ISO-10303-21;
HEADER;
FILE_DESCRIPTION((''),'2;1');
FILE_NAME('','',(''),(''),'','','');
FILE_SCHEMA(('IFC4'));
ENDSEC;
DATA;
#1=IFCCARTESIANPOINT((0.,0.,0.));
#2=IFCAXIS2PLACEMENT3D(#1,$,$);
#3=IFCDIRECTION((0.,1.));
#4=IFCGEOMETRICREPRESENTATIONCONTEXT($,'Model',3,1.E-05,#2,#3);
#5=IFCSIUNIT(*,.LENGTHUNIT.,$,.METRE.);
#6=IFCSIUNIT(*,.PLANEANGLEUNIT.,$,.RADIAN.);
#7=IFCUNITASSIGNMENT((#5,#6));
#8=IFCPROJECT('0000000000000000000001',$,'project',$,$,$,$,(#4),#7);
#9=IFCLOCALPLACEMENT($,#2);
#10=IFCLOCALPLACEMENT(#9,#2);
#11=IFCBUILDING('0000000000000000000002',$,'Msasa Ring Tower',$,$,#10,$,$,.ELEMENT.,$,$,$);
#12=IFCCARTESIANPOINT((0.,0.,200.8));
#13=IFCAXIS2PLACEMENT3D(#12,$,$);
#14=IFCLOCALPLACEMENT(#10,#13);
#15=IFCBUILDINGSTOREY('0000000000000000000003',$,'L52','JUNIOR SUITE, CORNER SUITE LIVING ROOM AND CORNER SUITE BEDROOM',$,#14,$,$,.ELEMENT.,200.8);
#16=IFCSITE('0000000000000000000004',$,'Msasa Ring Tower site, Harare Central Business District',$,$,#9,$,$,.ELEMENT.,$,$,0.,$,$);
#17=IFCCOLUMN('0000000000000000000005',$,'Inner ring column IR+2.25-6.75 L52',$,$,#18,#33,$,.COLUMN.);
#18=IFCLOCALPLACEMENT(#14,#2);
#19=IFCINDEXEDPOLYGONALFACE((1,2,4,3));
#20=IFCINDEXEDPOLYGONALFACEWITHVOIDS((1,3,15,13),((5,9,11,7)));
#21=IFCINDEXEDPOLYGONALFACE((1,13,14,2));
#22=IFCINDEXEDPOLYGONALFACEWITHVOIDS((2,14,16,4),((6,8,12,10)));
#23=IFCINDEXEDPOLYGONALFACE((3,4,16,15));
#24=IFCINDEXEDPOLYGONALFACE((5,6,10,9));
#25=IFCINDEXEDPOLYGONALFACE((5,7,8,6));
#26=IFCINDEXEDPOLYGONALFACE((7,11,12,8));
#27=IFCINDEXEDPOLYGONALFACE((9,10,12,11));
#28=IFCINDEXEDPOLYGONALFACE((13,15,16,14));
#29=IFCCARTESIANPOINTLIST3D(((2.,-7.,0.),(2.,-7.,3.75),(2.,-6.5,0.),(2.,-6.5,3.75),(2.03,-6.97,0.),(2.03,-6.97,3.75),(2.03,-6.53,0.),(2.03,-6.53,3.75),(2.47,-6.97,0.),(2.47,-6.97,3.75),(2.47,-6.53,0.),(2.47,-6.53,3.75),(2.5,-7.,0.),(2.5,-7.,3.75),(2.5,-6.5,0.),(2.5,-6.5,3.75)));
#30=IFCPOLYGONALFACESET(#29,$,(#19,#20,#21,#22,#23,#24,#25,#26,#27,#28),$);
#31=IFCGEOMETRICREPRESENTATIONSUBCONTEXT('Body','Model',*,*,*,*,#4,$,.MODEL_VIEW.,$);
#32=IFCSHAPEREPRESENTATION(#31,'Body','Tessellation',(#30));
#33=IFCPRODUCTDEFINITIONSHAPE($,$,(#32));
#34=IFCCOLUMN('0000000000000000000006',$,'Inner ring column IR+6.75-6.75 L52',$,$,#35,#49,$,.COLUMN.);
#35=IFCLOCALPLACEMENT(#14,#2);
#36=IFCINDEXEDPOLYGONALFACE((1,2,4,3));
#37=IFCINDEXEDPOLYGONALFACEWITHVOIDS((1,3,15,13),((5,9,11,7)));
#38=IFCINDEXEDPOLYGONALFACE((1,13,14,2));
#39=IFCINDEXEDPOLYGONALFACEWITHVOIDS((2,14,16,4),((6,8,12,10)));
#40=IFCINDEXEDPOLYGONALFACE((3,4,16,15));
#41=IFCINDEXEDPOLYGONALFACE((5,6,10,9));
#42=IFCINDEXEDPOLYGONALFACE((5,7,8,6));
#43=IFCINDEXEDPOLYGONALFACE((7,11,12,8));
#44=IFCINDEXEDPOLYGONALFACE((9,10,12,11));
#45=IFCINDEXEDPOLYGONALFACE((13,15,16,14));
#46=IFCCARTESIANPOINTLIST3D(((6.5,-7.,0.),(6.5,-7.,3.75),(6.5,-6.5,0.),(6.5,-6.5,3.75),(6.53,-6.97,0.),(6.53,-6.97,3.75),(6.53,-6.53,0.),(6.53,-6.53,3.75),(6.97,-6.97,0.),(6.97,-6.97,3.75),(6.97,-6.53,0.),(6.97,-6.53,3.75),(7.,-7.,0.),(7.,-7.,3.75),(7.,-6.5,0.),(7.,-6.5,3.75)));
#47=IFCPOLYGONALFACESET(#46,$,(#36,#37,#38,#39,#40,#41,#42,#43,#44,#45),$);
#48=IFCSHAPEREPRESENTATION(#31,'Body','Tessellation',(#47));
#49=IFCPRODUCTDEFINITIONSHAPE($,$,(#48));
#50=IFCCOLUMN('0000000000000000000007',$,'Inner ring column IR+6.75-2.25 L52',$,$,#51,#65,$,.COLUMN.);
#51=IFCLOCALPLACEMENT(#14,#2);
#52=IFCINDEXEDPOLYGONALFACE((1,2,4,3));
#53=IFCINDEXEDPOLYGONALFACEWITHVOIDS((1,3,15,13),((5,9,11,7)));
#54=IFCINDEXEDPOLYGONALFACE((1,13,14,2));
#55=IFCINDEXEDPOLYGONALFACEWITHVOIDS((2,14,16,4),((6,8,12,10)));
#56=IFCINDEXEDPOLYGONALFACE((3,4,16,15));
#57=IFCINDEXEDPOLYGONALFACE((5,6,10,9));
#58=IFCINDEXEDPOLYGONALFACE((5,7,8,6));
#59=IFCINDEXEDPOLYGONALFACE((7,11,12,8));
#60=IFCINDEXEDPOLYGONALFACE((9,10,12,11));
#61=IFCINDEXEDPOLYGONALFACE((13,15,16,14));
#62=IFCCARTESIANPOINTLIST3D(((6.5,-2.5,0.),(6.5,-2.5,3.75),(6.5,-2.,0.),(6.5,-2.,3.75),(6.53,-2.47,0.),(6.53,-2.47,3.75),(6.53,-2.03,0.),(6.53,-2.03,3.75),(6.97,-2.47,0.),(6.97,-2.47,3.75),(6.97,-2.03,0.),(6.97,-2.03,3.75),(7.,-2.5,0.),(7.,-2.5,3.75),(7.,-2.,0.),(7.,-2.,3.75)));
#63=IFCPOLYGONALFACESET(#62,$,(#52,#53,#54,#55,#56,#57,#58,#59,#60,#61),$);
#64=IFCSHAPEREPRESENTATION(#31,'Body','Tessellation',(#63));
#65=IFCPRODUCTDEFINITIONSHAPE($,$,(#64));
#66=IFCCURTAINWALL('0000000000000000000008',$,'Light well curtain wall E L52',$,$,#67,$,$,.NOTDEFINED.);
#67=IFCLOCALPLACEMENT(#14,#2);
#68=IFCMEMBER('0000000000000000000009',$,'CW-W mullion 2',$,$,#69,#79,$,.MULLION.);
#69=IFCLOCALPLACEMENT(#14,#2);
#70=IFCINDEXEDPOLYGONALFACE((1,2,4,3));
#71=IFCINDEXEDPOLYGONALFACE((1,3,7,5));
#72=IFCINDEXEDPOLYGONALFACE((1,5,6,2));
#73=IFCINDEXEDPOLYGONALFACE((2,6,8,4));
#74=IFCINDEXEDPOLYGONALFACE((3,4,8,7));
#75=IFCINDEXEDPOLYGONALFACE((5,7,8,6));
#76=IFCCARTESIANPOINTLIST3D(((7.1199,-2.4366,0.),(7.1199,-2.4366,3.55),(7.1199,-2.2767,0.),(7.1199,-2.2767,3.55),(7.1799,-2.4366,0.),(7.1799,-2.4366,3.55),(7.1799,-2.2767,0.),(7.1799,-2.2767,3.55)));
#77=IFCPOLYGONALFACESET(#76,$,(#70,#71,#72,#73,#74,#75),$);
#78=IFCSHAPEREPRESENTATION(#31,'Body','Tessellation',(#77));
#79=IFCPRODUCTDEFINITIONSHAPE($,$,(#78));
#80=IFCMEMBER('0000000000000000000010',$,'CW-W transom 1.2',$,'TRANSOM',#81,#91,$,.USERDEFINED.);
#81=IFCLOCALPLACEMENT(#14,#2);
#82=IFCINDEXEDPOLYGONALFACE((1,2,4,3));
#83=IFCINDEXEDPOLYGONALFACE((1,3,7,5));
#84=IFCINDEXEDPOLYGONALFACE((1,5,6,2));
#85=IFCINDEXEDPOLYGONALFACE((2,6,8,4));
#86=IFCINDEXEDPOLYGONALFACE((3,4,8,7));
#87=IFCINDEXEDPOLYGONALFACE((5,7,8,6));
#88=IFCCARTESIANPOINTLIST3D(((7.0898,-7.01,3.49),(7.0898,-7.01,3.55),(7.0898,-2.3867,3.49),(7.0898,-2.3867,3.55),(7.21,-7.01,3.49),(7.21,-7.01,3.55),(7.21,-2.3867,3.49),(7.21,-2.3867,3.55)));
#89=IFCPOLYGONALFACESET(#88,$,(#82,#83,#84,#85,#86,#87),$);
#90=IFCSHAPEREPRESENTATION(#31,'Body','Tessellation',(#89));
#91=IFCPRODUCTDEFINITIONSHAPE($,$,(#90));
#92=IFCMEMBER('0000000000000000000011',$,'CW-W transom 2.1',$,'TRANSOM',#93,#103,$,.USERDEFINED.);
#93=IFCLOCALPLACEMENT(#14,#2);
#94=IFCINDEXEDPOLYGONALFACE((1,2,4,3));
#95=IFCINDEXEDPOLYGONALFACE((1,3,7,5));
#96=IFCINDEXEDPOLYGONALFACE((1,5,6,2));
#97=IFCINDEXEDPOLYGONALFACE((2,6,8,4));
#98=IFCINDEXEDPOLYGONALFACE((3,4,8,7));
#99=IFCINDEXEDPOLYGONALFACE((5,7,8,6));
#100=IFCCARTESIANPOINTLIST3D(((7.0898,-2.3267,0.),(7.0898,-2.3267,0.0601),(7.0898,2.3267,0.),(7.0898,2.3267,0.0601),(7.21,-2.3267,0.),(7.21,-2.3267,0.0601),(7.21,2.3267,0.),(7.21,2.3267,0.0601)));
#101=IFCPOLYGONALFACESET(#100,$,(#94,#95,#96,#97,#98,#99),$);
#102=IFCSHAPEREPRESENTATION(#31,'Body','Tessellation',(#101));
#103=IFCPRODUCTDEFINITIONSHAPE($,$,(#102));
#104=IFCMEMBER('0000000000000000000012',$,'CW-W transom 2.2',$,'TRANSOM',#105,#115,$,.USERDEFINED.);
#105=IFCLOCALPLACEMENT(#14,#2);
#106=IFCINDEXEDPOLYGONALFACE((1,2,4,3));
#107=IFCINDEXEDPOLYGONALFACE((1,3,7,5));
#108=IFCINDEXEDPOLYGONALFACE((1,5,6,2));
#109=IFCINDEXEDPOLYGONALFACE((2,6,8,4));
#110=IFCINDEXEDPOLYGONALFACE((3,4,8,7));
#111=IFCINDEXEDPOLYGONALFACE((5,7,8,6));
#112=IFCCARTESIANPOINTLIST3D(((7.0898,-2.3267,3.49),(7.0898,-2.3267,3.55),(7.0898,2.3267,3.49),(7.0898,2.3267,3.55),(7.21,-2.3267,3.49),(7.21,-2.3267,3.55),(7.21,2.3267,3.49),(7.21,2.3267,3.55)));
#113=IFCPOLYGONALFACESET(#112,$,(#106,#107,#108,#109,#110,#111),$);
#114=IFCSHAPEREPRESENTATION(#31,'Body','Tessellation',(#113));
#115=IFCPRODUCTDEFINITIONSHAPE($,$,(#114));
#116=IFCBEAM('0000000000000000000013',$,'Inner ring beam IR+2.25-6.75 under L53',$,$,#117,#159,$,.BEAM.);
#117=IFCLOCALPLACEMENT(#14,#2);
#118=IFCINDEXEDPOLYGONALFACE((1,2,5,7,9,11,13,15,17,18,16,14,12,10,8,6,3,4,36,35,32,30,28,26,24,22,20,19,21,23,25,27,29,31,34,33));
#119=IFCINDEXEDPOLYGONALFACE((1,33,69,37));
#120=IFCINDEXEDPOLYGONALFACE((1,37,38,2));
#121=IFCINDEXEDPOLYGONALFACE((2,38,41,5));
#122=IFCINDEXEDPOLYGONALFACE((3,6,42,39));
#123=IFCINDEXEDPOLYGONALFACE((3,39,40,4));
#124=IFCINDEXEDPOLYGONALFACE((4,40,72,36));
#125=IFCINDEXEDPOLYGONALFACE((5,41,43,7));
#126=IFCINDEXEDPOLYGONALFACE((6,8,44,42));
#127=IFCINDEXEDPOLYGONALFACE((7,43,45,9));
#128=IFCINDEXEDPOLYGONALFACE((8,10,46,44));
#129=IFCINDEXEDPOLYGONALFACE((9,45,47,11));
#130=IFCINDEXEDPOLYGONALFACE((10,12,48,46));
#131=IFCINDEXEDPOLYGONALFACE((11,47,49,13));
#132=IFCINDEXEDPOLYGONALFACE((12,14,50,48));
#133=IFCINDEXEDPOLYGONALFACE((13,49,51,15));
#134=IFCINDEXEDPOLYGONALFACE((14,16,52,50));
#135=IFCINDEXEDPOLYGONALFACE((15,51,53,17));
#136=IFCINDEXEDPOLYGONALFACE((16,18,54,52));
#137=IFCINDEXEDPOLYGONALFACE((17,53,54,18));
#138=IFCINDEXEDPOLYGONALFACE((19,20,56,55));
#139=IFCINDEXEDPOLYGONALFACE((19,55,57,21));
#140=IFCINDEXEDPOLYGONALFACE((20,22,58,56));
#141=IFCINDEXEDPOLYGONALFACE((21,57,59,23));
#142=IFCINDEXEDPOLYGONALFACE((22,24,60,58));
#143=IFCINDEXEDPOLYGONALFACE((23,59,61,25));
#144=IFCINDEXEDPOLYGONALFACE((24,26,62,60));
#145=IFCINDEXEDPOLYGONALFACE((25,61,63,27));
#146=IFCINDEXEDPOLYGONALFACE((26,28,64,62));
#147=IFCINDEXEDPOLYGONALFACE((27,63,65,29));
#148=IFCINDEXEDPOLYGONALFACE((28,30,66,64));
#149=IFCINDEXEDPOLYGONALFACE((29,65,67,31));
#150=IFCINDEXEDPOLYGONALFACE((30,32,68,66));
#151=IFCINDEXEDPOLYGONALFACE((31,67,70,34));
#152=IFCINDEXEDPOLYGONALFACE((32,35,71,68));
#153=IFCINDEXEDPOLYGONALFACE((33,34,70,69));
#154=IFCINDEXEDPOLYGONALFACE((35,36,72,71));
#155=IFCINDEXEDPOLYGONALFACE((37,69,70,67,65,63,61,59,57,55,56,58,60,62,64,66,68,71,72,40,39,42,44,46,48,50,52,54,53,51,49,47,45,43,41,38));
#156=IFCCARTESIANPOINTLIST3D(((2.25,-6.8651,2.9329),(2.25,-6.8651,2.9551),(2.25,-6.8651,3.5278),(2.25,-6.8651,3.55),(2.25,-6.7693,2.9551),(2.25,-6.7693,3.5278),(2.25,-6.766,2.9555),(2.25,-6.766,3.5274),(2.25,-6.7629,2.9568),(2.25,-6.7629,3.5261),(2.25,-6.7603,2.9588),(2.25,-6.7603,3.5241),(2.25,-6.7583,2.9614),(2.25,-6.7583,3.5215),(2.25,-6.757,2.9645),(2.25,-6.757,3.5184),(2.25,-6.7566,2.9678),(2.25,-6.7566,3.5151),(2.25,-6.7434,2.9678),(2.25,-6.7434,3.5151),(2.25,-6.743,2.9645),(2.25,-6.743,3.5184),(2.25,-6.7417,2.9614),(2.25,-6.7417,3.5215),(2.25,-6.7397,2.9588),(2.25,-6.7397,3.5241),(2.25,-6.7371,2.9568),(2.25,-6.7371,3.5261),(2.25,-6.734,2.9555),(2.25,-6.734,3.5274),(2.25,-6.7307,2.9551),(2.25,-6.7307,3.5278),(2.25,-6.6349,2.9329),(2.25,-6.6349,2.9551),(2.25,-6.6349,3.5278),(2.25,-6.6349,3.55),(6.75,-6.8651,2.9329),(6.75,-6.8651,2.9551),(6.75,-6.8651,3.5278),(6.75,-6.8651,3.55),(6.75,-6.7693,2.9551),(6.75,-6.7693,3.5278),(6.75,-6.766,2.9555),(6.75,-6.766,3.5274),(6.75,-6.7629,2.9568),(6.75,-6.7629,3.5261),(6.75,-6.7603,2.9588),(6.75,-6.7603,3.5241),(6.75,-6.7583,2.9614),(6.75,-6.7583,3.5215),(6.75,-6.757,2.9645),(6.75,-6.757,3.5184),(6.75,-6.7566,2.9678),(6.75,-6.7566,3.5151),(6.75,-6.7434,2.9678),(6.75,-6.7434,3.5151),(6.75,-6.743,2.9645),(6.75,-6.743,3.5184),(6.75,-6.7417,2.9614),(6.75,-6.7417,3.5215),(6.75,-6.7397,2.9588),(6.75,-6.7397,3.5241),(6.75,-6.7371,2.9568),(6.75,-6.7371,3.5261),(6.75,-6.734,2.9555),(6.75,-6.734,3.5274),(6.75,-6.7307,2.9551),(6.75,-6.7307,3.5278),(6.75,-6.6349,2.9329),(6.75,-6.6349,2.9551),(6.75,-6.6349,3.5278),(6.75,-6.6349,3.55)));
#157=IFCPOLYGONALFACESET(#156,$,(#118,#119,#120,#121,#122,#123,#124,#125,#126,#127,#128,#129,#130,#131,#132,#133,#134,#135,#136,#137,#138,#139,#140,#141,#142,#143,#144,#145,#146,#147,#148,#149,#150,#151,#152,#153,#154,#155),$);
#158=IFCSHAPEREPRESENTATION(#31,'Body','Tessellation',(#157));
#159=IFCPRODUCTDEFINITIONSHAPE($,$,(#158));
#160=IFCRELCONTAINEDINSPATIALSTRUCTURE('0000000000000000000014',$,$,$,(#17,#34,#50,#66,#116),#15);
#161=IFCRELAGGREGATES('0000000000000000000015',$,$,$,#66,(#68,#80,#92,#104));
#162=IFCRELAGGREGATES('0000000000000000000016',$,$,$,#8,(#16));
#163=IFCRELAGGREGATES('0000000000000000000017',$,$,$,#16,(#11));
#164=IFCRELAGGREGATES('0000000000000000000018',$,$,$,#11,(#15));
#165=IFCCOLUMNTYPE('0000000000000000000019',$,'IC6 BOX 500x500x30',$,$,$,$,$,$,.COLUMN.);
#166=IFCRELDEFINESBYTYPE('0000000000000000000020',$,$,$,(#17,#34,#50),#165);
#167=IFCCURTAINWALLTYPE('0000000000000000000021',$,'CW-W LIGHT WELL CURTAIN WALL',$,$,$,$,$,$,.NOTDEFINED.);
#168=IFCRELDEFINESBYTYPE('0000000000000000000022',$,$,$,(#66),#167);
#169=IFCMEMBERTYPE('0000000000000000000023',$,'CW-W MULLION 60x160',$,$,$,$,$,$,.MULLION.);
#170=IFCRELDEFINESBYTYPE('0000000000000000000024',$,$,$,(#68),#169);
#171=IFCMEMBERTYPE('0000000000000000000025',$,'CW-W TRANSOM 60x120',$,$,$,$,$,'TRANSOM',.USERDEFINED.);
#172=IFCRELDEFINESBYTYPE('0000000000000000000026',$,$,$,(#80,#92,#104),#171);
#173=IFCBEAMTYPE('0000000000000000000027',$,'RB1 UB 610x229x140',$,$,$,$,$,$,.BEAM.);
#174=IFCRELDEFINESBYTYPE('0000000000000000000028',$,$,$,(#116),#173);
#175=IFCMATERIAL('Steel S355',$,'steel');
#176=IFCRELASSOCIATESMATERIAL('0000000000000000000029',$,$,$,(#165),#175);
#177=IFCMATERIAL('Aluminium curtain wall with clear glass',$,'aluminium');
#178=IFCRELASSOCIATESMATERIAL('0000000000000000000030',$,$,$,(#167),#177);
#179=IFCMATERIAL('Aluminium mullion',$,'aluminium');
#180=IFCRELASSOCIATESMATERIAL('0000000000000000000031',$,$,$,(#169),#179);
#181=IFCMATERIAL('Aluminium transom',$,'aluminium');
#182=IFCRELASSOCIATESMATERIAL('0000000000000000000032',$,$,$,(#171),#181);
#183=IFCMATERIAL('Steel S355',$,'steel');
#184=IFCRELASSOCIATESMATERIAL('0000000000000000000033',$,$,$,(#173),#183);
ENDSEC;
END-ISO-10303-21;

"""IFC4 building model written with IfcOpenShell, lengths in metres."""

from ifc_helpers import new_model, si_unit, direction, frame, origin, origin_2d, place, context, subcontext, project, spatial, rectangle, hollow_rectangle, i_section, extrude, material, material_profile, profile_set, type_object, element, aggregate, save


model = new_model("IFC4")

# Units and contexts
model_context = context("Model", 3, precision=1e-05, world=origin(), true_north=direction((0.0, 1.0)))
body_context = subcontext(model_context, "Body", "Model", "MODEL_VIEW")
ifc_project = project(units=[si_unit("LENGTHUNIT", "METRE"), si_unit("PLANEANGLEUNIT", "RADIAN")], contexts=[model_context])

# Site, building, storey
site_placement = place(None, origin())
site = spatial("IfcSite", under=ifc_project, at=site_placement, Name="Msasa Ring Tower site, Harare Central Business District", CompositionType="ELEMENT", RefElevation=0.0)
building_placement = place(site_placement, origin())
building = spatial("IfcBuilding", under=site, at=building_placement, Name="Msasa Ring Tower", CompositionType="ELEMENT")
storey_placement = place(building_placement, frame((0.0, 0.0, 200.8)))
storey = spatial("IfcBuildingStorey", under=building, at=storey_placement, Name="L52", Description="JUNIOR SUITE, CORNER SUITE LIVING ROOM AND CORNER SUITE BEDROOM", CompositionType="ELEMENT", Elevation=200.8)

# Columns
ifc_material_1 = material(Name="Steel S355", Category="steel")
ifc_material_profile_1 = material_profile(ifc_material_1, hollow_rectangle(XDim=0.5, YDim=0.5, WallThickness=0.03, at=origin_2d()), Name="BOX 500x500x30")
ifc_profile_set_1 = profile_set([ifc_material_profile_1], Name="Steel S355")
column_type = type_object("IfcColumnType", Name="IC6 BOX 500x500x30", PredefinedType="COLUMN", material=ifc_profile_set_1)
for number, where, z_axis, x_axis, name in (
    (1, (2.25, -6.75, 0.0), (0.0, 0.0, 1.0), (1.0, 0.0, 0.0), "Inner ring column IR+2.25-6.75 L52"),
    (2, (6.75, -6.75, 0.0), (0.0, 0.0, 1.0), (1.0, 0.0, 0.0), "Inner ring column IR+6.75-6.75 L52"),
    (3, (6.75, -2.25, 0.0), (0.0, 0.0, 1.0), (1.0, 0.0, 0.0), "Inner ring column IR+6.75-2.25 L52"),
):
    element("IfcColumn", number, at=place(storey_placement, frame(where, z_axis=z_axis, x_axis=x_axis)), inside=storey, type_object=column_type, Name=name, PredefinedType="COLUMN", context=body_context, shape_type="SweptSolid", body=[
        extrude(hollow_rectangle(XDim=0.5, YDim=0.5, WallThickness=0.03, at=origin_2d()), origin(), (0.0, 0.0, 1.0), 3.75),
    ])

# Curtain wall, members
ifc_material_2 = material(Name="Aluminium curtain wall with clear glass", Category="aluminium")
curtain_wall_type = type_object("IfcCurtainWallType", Name="CW-W LIGHT WELL CURTAIN WALL", PredefinedType="NOTDEFINED", material=ifc_material_2)
curtain_wall_placement = place(storey_placement, origin())
curtain_wall = element("IfcCurtainWall", 4, at=curtain_wall_placement, inside=storey, type_object=curtain_wall_type, Name="Light well curtain wall E L52", PredefinedType="NOTDEFINED")
ifc_material_3 = material(Name="Aluminium mullion", Category="aluminium")
ifc_material_profile_2 = material_profile(ifc_material_3, rectangle(XDim=0.0601, YDim=0.1599, at=origin_2d()), Name="AL 60x160")
ifc_profile_set_2 = profile_set([ifc_material_profile_2], Name="Aluminium mullion")
member_type_1 = type_object("IfcMemberType", Name="CW-W MULLION 60x160", PredefinedType="MULLION", material=ifc_profile_set_2)
member_1_placement = place(storey_placement, frame((7.1499, -2.3567, 0.0), z_axis=(0.0, 0.0, 1.0), x_axis=(-1.0, 0.0, 0.0)))
member_1 = element("IfcMember", 5, at=member_1_placement, type_object=member_type_1, Name="CW-W mullion 2", PredefinedType="MULLION", context=body_context, shape_type="SweptSolid", body=[
    extrude(rectangle(XDim=0.0601, YDim=0.1599, at=origin_2d()), origin(), (0.0, 0.0, 1.0), 3.55),
])
ifc_material_4 = material(Name="Aluminium transom", Category="aluminium")
ifc_material_profile_3 = material_profile(ifc_material_4, rectangle(XDim=0.1201, YDim=0.0601, at=origin_2d()), Name="AL 60x120")
ifc_profile_set_3 = profile_set([ifc_material_profile_3], Name="Aluminium transom")
member_type_2 = type_object("IfcMemberType", Name="CW-W TRANSOM 60x120", ElementType="TRANSOM", PredefinedType="USERDEFINED", material=ifc_profile_set_3)
member_2_placement = place(storey_placement, frame((7.1499, -7.01, 3.52), z_axis=(0.0, 1.0, 0.0), x_axis=(-1.0, 0.0, 0.0)))
member_2 = element("IfcMember", 6, at=member_2_placement, type_object=member_type_2, Name="CW-W transom 1.2", ObjectType="TRANSOM", PredefinedType="USERDEFINED", context=body_context, shape_type="SweptSolid", body=[
    extrude(rectangle(XDim=0.1201, YDim=0.0601, at=origin_2d()), origin(), (0.0, 0.0, 1.0), 4.6233),
])
member_3_placement = place(storey_placement, frame((7.1499, -2.3267, 0.03), z_axis=(0.0, 1.0, 0.0), x_axis=(-1.0, 0.0, 0.0)))
member_3 = element("IfcMember", 7, at=member_3_placement, type_object=member_type_2, Name="CW-W transom 2.1", ObjectType="TRANSOM", PredefinedType="USERDEFINED", context=body_context, shape_type="SweptSolid", body=[
    extrude(rectangle(XDim=0.1201, YDim=0.0601, at=origin_2d()), origin(), (0.0, 0.0, 1.0), 4.6533),
])
member_4_placement = place(storey_placement, frame((7.1499, -2.3267, 3.52), z_axis=(0.0, 1.0, 0.0), x_axis=(-1.0, 0.0, 0.0)))
member_4 = element("IfcMember", 8, at=member_4_placement, type_object=member_type_2, Name="CW-W transom 2.2", ObjectType="TRANSOM", PredefinedType="USERDEFINED", context=body_context, shape_type="SweptSolid", body=[
    extrude(rectangle(XDim=0.1201, YDim=0.0601, at=origin_2d()), origin(), (0.0, 0.0, 1.0), 4.6533),
])

# Beam
ifc_material_5 = material(Name="Steel S355", Category="steel")
ifc_material_profile_4 = material_profile(ifc_material_5, i_section(OverallWidth=0.2302, OverallDepth=0.6172, WebThickness=0.0132, FlangeThickness=0.0222, FilletRadius=0.0127, at=origin_2d()), Name="UB 610x229x140")
ifc_profile_set_4 = profile_set([ifc_material_profile_4], Name="Steel S355")
beam_type = type_object("IfcBeamType", Name="RB1 UB 610x229x140", PredefinedType="BEAM", material=ifc_profile_set_4)
for number, where, z_axis, x_axis, name in (
    (9, (2.25, -6.75, 3.2415), (1.0, 0.0, 0.0), (0.0, 1.0, 0.0), "Inner ring beam IR+2.25-6.75 under L53"),
):
    element("IfcBeam", number, at=place(storey_placement, frame(where, z_axis=z_axis, x_axis=x_axis)), inside=storey, type_object=beam_type, Name=name, PredefinedType="BEAM", context=body_context, shape_type="SweptSolid", body=[
        extrude(i_section(OverallWidth=0.2302, OverallDepth=0.6172, WebThickness=0.0132, FlangeThickness=0.0222, FilletRadius=0.0127, at=origin_2d()), origin(), (0.0, 0.0, 1.0), 4.5),
    ])

aggregate(curtain_wall, [member_1, member_2, member_3, member_4])

save(model, "model.ifc")
